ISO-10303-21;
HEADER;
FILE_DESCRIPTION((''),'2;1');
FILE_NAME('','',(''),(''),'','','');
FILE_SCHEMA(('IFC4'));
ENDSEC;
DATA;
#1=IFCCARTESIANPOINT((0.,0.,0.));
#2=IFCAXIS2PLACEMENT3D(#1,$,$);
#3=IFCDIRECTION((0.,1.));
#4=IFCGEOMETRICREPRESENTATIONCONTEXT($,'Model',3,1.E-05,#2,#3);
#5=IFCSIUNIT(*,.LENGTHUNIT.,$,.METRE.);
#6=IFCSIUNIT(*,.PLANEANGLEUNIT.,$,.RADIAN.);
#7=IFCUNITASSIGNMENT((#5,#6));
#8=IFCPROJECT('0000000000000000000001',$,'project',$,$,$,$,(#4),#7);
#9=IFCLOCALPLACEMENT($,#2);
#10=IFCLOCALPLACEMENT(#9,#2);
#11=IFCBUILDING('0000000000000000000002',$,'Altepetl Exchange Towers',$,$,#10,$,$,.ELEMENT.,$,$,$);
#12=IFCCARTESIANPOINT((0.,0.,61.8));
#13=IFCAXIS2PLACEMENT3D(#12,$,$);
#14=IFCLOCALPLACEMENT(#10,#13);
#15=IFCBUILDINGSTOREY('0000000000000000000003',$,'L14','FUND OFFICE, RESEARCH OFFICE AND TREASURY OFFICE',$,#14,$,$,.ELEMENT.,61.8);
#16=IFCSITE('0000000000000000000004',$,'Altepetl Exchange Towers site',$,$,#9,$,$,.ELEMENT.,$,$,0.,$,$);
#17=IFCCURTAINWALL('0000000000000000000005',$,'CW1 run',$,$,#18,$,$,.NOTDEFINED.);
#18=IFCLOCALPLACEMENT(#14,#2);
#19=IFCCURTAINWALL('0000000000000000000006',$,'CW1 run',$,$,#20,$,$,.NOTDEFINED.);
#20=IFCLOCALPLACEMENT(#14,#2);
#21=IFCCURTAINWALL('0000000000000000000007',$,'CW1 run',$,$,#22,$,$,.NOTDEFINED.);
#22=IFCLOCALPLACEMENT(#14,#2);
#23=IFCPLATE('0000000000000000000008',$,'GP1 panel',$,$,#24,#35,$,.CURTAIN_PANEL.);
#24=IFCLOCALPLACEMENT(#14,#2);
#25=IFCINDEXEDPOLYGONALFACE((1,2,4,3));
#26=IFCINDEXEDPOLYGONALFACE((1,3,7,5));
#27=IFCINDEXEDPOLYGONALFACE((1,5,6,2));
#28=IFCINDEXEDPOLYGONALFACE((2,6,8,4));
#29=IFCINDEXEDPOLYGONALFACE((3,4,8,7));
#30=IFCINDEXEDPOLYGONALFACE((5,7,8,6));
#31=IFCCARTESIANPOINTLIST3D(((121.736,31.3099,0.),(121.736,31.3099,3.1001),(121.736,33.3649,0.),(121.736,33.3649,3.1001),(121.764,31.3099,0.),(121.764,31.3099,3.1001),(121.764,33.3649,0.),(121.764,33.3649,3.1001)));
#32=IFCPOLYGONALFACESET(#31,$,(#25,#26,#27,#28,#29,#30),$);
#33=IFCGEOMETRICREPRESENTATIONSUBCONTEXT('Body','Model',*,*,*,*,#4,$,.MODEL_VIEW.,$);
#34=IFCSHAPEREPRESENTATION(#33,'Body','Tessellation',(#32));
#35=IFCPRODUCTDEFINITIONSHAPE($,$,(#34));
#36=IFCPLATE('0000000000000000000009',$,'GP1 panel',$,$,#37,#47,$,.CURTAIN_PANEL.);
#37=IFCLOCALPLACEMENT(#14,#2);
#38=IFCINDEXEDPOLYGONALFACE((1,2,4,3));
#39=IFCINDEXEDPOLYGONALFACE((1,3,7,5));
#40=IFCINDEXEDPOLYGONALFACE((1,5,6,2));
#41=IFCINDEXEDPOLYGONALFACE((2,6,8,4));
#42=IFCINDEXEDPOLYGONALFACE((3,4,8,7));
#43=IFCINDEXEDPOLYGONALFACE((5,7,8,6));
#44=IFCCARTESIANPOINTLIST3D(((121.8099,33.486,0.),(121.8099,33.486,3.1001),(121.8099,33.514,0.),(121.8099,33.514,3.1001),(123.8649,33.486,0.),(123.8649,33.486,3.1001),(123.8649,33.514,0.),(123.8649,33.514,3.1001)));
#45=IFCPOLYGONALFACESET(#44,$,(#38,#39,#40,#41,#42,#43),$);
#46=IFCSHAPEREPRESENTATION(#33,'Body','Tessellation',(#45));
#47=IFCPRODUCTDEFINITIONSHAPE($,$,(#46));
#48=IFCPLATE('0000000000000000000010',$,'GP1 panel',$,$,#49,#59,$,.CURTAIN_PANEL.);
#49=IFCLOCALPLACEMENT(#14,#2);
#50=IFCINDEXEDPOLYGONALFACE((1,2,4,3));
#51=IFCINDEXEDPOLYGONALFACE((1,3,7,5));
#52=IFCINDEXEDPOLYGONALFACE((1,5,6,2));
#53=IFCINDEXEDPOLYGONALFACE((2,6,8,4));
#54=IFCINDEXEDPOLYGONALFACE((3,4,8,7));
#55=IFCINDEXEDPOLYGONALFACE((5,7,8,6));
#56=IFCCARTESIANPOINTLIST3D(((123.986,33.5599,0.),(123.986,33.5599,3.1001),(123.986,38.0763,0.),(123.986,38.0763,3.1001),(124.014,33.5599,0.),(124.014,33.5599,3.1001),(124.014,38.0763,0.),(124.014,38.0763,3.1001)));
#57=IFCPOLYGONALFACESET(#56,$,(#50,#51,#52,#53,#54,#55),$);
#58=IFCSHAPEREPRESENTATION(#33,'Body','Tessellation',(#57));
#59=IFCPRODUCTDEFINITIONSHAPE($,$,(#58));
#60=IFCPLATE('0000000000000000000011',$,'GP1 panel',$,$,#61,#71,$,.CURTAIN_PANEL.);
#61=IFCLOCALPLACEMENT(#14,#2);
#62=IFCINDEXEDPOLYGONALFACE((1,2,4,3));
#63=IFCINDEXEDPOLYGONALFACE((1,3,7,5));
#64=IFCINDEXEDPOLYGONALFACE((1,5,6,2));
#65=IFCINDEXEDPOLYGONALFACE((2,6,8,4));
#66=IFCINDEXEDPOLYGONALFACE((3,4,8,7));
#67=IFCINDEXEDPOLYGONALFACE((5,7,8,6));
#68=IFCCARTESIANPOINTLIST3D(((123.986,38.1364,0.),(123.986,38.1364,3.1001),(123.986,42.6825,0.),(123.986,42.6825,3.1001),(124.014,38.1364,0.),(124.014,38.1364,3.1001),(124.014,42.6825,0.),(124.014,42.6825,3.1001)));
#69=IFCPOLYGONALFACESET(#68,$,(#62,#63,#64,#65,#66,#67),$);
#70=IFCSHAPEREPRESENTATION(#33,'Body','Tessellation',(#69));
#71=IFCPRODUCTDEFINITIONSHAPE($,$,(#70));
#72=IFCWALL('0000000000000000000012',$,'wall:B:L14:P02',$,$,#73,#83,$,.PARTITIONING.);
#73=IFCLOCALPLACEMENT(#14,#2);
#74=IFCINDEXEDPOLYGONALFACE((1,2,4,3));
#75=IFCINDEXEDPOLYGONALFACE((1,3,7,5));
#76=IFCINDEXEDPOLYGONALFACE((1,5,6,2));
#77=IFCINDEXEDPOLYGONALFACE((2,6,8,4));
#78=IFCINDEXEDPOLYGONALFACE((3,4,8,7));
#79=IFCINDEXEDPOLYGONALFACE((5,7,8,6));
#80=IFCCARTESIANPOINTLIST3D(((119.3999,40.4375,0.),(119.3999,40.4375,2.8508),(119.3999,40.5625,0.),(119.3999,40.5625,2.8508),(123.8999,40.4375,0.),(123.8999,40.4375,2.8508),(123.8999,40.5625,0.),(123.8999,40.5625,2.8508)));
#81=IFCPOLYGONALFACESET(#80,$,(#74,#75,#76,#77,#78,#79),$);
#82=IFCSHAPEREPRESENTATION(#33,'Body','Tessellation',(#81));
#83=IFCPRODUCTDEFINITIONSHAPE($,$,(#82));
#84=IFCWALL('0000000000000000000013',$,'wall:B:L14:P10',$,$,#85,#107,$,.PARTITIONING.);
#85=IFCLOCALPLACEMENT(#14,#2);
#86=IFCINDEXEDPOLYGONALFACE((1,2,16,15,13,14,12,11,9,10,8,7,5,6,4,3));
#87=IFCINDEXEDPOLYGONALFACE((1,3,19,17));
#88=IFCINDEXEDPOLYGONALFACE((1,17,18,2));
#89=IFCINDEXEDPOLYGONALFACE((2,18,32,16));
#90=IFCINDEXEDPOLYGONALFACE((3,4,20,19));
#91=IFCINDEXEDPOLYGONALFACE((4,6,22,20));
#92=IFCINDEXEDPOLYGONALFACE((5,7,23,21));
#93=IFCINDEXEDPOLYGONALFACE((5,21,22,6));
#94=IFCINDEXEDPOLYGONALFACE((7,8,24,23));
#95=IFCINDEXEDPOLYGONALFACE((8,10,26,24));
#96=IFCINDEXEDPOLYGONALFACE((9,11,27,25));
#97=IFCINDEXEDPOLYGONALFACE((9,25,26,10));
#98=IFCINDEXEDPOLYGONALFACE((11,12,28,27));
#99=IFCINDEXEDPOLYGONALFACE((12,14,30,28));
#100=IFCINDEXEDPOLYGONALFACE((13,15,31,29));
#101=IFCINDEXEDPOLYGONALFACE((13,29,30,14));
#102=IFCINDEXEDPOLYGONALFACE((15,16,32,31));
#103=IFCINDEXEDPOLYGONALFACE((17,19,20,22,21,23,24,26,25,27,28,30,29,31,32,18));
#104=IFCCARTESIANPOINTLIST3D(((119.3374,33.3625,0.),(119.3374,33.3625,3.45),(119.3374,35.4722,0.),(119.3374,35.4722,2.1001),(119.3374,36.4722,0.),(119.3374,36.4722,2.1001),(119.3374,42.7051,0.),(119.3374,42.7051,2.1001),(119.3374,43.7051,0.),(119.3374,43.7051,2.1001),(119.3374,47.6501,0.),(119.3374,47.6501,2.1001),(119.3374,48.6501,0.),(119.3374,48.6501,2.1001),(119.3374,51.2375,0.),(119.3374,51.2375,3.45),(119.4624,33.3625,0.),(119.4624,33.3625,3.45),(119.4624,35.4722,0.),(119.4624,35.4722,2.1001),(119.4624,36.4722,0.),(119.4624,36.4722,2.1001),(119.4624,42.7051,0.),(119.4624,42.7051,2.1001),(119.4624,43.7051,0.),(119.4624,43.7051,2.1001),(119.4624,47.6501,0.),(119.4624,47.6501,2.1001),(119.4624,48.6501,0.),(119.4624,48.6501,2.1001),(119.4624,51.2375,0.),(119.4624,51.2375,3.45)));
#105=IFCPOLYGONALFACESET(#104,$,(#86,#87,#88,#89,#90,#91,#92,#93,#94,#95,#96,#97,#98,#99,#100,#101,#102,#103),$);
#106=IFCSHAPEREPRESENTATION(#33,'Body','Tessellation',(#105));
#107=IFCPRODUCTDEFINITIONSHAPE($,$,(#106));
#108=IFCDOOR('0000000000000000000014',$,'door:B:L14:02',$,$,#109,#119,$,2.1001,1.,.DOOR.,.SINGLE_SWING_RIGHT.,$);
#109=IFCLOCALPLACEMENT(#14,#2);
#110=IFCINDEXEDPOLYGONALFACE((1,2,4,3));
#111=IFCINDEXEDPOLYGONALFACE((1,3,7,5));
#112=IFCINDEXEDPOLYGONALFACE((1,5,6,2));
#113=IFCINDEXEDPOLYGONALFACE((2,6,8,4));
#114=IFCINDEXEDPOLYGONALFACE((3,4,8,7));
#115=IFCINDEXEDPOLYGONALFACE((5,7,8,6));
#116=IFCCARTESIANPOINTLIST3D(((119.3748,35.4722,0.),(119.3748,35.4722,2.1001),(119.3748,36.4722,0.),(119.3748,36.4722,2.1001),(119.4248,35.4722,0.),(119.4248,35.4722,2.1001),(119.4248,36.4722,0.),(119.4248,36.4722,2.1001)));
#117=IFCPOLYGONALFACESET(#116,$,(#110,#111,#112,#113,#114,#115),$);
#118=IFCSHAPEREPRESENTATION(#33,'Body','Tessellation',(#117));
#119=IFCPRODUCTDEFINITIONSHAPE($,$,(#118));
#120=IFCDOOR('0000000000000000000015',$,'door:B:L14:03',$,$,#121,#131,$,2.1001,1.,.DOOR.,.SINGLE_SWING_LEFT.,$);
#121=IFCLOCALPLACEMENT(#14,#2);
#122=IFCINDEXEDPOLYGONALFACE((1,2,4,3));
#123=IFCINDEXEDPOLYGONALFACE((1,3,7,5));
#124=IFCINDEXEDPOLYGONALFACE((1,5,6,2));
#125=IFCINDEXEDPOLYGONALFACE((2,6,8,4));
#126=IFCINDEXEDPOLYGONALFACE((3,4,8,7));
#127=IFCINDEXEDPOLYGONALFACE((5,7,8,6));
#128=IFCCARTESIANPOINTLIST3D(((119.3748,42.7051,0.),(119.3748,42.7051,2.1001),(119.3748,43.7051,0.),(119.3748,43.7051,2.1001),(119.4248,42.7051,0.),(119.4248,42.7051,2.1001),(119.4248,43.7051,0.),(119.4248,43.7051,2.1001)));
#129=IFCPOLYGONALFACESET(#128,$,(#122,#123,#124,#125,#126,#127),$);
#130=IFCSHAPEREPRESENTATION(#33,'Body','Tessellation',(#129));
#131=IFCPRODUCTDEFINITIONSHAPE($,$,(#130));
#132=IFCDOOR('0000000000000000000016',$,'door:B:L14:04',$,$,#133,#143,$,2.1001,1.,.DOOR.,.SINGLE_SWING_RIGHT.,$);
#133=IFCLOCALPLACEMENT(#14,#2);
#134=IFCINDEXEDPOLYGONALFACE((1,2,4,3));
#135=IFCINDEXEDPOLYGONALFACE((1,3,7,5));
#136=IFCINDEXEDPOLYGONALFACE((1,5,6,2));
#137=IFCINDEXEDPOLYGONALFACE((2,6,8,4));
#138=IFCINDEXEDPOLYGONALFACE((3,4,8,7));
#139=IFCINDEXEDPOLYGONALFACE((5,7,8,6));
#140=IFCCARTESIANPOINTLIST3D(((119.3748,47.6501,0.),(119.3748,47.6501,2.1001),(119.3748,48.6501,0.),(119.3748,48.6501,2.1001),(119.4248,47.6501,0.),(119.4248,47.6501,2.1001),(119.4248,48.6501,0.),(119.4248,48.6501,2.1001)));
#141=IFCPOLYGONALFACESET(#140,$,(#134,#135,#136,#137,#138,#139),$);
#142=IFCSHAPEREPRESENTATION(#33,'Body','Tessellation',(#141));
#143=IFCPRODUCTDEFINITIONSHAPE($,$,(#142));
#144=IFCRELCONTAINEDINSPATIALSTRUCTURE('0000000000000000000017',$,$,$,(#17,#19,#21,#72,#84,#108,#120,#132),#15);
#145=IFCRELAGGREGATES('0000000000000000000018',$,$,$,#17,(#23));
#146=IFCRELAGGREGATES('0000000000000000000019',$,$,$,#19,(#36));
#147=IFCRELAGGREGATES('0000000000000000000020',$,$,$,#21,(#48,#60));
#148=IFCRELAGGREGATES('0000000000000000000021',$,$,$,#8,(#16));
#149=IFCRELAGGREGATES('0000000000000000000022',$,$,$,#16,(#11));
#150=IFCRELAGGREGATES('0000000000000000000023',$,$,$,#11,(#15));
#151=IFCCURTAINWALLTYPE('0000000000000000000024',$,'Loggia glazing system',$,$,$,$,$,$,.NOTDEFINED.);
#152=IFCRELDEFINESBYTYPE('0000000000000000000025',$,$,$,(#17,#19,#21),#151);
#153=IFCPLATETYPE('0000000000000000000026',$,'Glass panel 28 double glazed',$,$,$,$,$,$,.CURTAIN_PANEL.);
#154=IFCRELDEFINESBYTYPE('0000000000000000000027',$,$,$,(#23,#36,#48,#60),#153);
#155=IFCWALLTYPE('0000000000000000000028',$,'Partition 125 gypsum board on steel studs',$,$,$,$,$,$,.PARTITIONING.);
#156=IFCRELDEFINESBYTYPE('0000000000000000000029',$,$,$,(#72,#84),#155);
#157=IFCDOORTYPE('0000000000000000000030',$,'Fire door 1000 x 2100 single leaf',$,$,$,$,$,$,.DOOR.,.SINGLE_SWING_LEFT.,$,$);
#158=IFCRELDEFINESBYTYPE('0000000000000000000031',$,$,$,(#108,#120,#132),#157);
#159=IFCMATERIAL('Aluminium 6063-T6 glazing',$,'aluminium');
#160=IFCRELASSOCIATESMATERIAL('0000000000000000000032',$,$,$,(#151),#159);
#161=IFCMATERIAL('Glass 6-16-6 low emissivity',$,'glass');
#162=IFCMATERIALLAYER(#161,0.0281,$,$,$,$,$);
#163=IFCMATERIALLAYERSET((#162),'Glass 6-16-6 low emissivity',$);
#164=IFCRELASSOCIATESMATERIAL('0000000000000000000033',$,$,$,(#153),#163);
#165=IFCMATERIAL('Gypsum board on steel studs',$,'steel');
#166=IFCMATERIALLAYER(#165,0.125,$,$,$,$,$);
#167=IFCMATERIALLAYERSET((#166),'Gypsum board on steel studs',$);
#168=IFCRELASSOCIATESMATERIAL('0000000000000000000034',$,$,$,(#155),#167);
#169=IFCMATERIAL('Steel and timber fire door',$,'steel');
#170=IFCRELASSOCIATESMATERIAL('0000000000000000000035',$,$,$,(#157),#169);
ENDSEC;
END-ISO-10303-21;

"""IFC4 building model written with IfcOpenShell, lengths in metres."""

from ifc_helpers import new_model, si_unit, direction, frame, frame_2d, origin, origin_2d, place, context, subcontext, project, spatial, rectangle, extrude, material, layer, layer_set, type_object, element, fill, aggregate, save


model = new_model("IFC4")

# Units and contexts
model_context = context("Model", 3, precision=1e-05, world=origin(), true_north=direction((0.0, 1.0)))
body_context = subcontext(model_context, "Body", "Model", "MODEL_VIEW")
ifc_project = project(units=[si_unit("LENGTHUNIT", "METRE"), si_unit("PLANEANGLEUNIT", "RADIAN")], contexts=[model_context])

# Site, building, storey
site_placement = place(None, origin())
site = spatial("IfcSite", under=ifc_project, at=site_placement, Name="Altepetl Exchange Towers site", CompositionType="ELEMENT", RefElevation=0.0)
building_placement = place(site_placement, origin())
building = spatial("IfcBuilding", under=site, at=building_placement, Name="Altepetl Exchange Towers", CompositionType="ELEMENT")
storey_placement = place(building_placement, frame((0.0, 0.0, 61.8)))
storey = spatial("IfcBuildingStorey", under=building, at=storey_placement, Name="L14", Description="FUND OFFICE, RESEARCH OFFICE AND TREASURY OFFICE", CompositionType="ELEMENT", Elevation=61.8)

# Curtain wall
ifc_material_1 = material(Name="Aluminium 6063-T6 glazing", Category="aluminium")
curtain_wall_type = type_object("IfcCurtainWallType", Name="Loggia glazing system", PredefinedType="NOTDEFINED", material=ifc_material_1)
curtain_wall_1_placement = place(storey_placement, origin())
curtain_wall_1 = element("IfcCurtainWall", 1, at=curtain_wall_1_placement, inside=storey, type_object=curtain_wall_type, Name="CW1 run", PredefinedType="NOTDEFINED")

# Curtain walls
curtain_wall_2_placement = place(storey_placement, origin())
curtain_wall_2 = element("IfcCurtainWall", 2, at=curtain_wall_2_placement, inside=storey, type_object=curtain_wall_type, Name="CW1 run", PredefinedType="NOTDEFINED")
curtain_wall_3_placement = place(storey_placement, origin())
curtain_wall_3 = element("IfcCurtainWall", 3, at=curtain_wall_3_placement, inside=storey, type_object=curtain_wall_type, Name="CW1 run", PredefinedType="NOTDEFINED")

# Plates
ifc_material_2 = material(Name="Glass 6-16-6 low emissivity", Category="glass")
ifc_layer_1 = layer(ifc_material_2, 0.0281)
ifc_layer_set_1 = layer_set([ifc_layer_1], Name="Glass 6-16-6 low emissivity")
plate_type = type_object("IfcPlateType", Name="Glass panel 28 double glazed", PredefinedType="CURTAIN_PANEL", material=ifc_layer_set_1)
plate_1_placement = place(storey_placement, frame((121.75, 32.3374, 0.0), z_axis=(0.0, 0.0, 1.0), x_axis=(0.0, 1.0, 0.0)))
plate_1 = element("IfcPlate", 4, at=plate_1_placement, type_object=plate_type, Name="GP1 panel", PredefinedType="CURTAIN_PANEL", context=body_context, shape_type="SweptSolid", body=[
    extrude(rectangle(XDim=2.0549, YDim=0.0281, at=origin_2d()), origin(), (0.0, 0.0, 1.0), 3.1001),
])
aggregate(curtain_wall_1, [plate_1])
plate_2_placement = place(storey_placement, frame((122.8374, 33.5, 0.0)))
plate_2 = element("IfcPlate", 5, at=plate_2_placement, type_object=plate_type, Name="GP1 panel", PredefinedType="CURTAIN_PANEL", context=body_context, shape_type="SweptSolid", body=[
    extrude(rectangle(XDim=2.0549, YDim=0.0281, at=origin_2d()), origin(), (0.0, 0.0, 1.0), 3.1001),
])
aggregate(curtain_wall_2, [plate_2])
plate_3_placement = place(storey_placement, frame((124.0, 35.8181, 0.0), z_axis=(0.0, 0.0, 1.0), x_axis=(0.0, 1.0, 0.0)))
plate_3 = element("IfcPlate", 6, at=plate_3_placement, type_object=plate_type, Name="GP1 panel", PredefinedType="CURTAIN_PANEL", context=body_context, shape_type="SweptSolid", body=[
    extrude(rectangle(XDim=4.5164, YDim=0.0281, at=origin_2d()), origin(), (0.0, 0.0, 1.0), 3.1001),
])
plate_4_placement = place(storey_placement, frame((124.0, 40.4094, 0.0), z_axis=(0.0, 0.0, 1.0), x_axis=(0.0, 1.0, 0.0)))
plate_4 = element("IfcPlate", 7, at=plate_4_placement, type_object=plate_type, Name="GP1 panel", PredefinedType="CURTAIN_PANEL", context=body_context, shape_type="SweptSolid", body=[
    extrude(rectangle(XDim=4.5461, YDim=0.0281, at=origin_2d()), origin(), (0.0, 0.0, 1.0), 3.1001),
])
aggregate(curtain_wall_3, [plate_3, plate_4])

# Wall
ifc_material_3 = material(Name="Gypsum board on steel studs", Category="steel")
ifc_layer_2 = layer(ifc_material_3, 0.125)
ifc_layer_set_2 = layer_set([ifc_layer_2], Name="Gypsum board on steel studs")
wall_type = type_object("IfcWallType", Name="Partition 125 gypsum board on steel studs", PredefinedType="PARTITIONING", material=ifc_layer_set_2)
wall_1_placement = place(storey_placement, frame((119.3999, 40.5, 0.0)))
element("IfcWall", 8, at=wall_1_placement, inside=storey, type_object=wall_type, Name="wall:B:L14:P02", PredefinedType="PARTITIONING", context=body_context, shape_type="SweptSolid", body=[
    extrude(rectangle(XDim=4.5, YDim=0.125, at=frame_2d((2.25, 0.0))), origin(), (0.0, 0.0, 1.0), 2.8508),
])

# Wall, openings, doors
wall_2_placement = place(storey_placement, frame((119.3999, 33.3625, 0.0), z_axis=(0.0, 0.0, 1.0), x_axis=(0.0, 1.0, 0.0)))
wall_2 = element("IfcWall", 9, at=wall_2_placement, inside=storey, type_object=wall_type, Name="wall:B:L14:P10", PredefinedType="PARTITIONING", context=body_context, shape_type="SweptSolid", body=[
    extrude(rectangle(XDim=17.875, YDim=0.125, at=frame_2d((8.9375, 0.0))), origin(), (0.0, 0.0, 1.0), 3.45),
])
opening_1_placement = place(wall_2_placement, frame((2.1096, 0.0, 0.0)))
opening_1 = element("IfcOpeningElement", 10, at=opening_1_placement, cuts=wall_2, PredefinedType="OPENING", context=body_context, shape_type="SweptSolid", body=[
    extrude(rectangle(XDim=1.0, YDim=2.1001, at=frame_2d((0.5, 1.05))), frame((0.0, 0.0725, 0.0), z_axis=(0.0, -1.0, 0.0), x_axis=(1.0, 0.0, 0.0)), (0.0, 0.0, 1.0), 0.145),
])
opening_2_placement = place(wall_2_placement, frame((9.3425, 0.0, 0.0)))
opening_2 = element("IfcOpeningElement", 11, at=opening_2_placement, cuts=wall_2, PredefinedType="OPENING", context=body_context, shape_type="SweptSolid", body=[
    extrude(rectangle(XDim=1.0, YDim=2.1001, at=frame_2d((0.5, 1.05))), frame((0.0, 0.0725, 0.0), z_axis=(0.0, -1.0, 0.0), x_axis=(1.0, 0.0, 0.0)), (0.0, 0.0, 1.0), 0.145),
])
opening_3_placement = place(wall_2_placement, frame((14.2876, 0.0, 0.0)))
opening_3 = element("IfcOpeningElement", 12, at=opening_3_placement, cuts=wall_2, PredefinedType="OPENING", context=body_context, shape_type="SweptSolid", body=[
    extrude(rectangle(XDim=1.0, YDim=2.1001, at=frame_2d((0.5, 1.05))), frame((0.0, 0.0725, 0.0), z_axis=(0.0, -1.0, 0.0), x_axis=(1.0, 0.0, 0.0)), (0.0, 0.0, 1.0), 0.145),
])
ifc_material_4 = material(Name="Steel and timber fire door", Category="steel")
door_type = type_object("IfcDoorType", Name="Fire door 1000 x 2100 single leaf", OperationType="SINGLE_SWING_LEFT", PredefinedType="DOOR", material=ifc_material_4)
door_1_placement = place(opening_1_placement, frame((1.0, 0.0, 0.0), x_axis=(-1.0, 0.0, 0.0)))
door_1 = element("IfcDoor", 13, at=door_1_placement, inside=storey, type_object=door_type, Name="door:B:L14:02", OperationType="SINGLE_SWING_RIGHT", OverallHeight=2.1001, OverallWidth=1.0, PredefinedType="DOOR", context=body_context, shape_type="SweptSolid", body=[
    extrude(rectangle(XDim=1.0, YDim=2.1001, at=frame_2d((0.5, 1.05))), frame((0.0, 0.0249, 0.0), z_axis=(0.0, -1.0, 0.0), x_axis=(1.0, 0.0, 0.0)), (0.0, 0.0, 1.0), 0.05),
])
fill(opening_1, door_1)
door_2_placement = place(opening_2_placement, frame((1.0, 0.0, 0.0), x_axis=(-1.0, 0.0, 0.0)))
door_2 = element("IfcDoor", 14, at=door_2_placement, inside=storey, type_object=door_type, Name="door:B:L14:03", OperationType="SINGLE_SWING_LEFT", OverallHeight=2.1001, OverallWidth=1.0, PredefinedType="DOOR", context=body_context, shape_type="SweptSolid", body=[
    extrude(rectangle(XDim=1.0, YDim=2.1001, at=frame_2d((0.5, 1.05))), frame((0.0, 0.0249, 0.0), z_axis=(0.0, -1.0, 0.0), x_axis=(1.0, 0.0, 0.0)), (0.0, 0.0, 1.0), 0.05),
])
fill(opening_2, door_2)
door_3_placement = place(opening_3_placement, frame((1.0, 0.0, 0.0), x_axis=(-1.0, 0.0, 0.0)))
door_3 = element("IfcDoor", 15, at=door_3_placement, inside=storey, type_object=door_type, Name="door:B:L14:04", OperationType="SINGLE_SWING_RIGHT", OverallHeight=2.1001, OverallWidth=1.0, PredefinedType="DOOR", context=body_context, shape_type="SweptSolid", body=[
    extrude(rectangle(XDim=1.0, YDim=2.1001, at=frame_2d((0.5, 1.05))), frame((0.0, 0.0249, 0.0), z_axis=(0.0, -1.0, 0.0), x_axis=(1.0, 0.0, 0.0)), (0.0, 0.0, 1.0), 0.05),
])
fill(opening_3, door_3)

save(model, "model.ifc")
